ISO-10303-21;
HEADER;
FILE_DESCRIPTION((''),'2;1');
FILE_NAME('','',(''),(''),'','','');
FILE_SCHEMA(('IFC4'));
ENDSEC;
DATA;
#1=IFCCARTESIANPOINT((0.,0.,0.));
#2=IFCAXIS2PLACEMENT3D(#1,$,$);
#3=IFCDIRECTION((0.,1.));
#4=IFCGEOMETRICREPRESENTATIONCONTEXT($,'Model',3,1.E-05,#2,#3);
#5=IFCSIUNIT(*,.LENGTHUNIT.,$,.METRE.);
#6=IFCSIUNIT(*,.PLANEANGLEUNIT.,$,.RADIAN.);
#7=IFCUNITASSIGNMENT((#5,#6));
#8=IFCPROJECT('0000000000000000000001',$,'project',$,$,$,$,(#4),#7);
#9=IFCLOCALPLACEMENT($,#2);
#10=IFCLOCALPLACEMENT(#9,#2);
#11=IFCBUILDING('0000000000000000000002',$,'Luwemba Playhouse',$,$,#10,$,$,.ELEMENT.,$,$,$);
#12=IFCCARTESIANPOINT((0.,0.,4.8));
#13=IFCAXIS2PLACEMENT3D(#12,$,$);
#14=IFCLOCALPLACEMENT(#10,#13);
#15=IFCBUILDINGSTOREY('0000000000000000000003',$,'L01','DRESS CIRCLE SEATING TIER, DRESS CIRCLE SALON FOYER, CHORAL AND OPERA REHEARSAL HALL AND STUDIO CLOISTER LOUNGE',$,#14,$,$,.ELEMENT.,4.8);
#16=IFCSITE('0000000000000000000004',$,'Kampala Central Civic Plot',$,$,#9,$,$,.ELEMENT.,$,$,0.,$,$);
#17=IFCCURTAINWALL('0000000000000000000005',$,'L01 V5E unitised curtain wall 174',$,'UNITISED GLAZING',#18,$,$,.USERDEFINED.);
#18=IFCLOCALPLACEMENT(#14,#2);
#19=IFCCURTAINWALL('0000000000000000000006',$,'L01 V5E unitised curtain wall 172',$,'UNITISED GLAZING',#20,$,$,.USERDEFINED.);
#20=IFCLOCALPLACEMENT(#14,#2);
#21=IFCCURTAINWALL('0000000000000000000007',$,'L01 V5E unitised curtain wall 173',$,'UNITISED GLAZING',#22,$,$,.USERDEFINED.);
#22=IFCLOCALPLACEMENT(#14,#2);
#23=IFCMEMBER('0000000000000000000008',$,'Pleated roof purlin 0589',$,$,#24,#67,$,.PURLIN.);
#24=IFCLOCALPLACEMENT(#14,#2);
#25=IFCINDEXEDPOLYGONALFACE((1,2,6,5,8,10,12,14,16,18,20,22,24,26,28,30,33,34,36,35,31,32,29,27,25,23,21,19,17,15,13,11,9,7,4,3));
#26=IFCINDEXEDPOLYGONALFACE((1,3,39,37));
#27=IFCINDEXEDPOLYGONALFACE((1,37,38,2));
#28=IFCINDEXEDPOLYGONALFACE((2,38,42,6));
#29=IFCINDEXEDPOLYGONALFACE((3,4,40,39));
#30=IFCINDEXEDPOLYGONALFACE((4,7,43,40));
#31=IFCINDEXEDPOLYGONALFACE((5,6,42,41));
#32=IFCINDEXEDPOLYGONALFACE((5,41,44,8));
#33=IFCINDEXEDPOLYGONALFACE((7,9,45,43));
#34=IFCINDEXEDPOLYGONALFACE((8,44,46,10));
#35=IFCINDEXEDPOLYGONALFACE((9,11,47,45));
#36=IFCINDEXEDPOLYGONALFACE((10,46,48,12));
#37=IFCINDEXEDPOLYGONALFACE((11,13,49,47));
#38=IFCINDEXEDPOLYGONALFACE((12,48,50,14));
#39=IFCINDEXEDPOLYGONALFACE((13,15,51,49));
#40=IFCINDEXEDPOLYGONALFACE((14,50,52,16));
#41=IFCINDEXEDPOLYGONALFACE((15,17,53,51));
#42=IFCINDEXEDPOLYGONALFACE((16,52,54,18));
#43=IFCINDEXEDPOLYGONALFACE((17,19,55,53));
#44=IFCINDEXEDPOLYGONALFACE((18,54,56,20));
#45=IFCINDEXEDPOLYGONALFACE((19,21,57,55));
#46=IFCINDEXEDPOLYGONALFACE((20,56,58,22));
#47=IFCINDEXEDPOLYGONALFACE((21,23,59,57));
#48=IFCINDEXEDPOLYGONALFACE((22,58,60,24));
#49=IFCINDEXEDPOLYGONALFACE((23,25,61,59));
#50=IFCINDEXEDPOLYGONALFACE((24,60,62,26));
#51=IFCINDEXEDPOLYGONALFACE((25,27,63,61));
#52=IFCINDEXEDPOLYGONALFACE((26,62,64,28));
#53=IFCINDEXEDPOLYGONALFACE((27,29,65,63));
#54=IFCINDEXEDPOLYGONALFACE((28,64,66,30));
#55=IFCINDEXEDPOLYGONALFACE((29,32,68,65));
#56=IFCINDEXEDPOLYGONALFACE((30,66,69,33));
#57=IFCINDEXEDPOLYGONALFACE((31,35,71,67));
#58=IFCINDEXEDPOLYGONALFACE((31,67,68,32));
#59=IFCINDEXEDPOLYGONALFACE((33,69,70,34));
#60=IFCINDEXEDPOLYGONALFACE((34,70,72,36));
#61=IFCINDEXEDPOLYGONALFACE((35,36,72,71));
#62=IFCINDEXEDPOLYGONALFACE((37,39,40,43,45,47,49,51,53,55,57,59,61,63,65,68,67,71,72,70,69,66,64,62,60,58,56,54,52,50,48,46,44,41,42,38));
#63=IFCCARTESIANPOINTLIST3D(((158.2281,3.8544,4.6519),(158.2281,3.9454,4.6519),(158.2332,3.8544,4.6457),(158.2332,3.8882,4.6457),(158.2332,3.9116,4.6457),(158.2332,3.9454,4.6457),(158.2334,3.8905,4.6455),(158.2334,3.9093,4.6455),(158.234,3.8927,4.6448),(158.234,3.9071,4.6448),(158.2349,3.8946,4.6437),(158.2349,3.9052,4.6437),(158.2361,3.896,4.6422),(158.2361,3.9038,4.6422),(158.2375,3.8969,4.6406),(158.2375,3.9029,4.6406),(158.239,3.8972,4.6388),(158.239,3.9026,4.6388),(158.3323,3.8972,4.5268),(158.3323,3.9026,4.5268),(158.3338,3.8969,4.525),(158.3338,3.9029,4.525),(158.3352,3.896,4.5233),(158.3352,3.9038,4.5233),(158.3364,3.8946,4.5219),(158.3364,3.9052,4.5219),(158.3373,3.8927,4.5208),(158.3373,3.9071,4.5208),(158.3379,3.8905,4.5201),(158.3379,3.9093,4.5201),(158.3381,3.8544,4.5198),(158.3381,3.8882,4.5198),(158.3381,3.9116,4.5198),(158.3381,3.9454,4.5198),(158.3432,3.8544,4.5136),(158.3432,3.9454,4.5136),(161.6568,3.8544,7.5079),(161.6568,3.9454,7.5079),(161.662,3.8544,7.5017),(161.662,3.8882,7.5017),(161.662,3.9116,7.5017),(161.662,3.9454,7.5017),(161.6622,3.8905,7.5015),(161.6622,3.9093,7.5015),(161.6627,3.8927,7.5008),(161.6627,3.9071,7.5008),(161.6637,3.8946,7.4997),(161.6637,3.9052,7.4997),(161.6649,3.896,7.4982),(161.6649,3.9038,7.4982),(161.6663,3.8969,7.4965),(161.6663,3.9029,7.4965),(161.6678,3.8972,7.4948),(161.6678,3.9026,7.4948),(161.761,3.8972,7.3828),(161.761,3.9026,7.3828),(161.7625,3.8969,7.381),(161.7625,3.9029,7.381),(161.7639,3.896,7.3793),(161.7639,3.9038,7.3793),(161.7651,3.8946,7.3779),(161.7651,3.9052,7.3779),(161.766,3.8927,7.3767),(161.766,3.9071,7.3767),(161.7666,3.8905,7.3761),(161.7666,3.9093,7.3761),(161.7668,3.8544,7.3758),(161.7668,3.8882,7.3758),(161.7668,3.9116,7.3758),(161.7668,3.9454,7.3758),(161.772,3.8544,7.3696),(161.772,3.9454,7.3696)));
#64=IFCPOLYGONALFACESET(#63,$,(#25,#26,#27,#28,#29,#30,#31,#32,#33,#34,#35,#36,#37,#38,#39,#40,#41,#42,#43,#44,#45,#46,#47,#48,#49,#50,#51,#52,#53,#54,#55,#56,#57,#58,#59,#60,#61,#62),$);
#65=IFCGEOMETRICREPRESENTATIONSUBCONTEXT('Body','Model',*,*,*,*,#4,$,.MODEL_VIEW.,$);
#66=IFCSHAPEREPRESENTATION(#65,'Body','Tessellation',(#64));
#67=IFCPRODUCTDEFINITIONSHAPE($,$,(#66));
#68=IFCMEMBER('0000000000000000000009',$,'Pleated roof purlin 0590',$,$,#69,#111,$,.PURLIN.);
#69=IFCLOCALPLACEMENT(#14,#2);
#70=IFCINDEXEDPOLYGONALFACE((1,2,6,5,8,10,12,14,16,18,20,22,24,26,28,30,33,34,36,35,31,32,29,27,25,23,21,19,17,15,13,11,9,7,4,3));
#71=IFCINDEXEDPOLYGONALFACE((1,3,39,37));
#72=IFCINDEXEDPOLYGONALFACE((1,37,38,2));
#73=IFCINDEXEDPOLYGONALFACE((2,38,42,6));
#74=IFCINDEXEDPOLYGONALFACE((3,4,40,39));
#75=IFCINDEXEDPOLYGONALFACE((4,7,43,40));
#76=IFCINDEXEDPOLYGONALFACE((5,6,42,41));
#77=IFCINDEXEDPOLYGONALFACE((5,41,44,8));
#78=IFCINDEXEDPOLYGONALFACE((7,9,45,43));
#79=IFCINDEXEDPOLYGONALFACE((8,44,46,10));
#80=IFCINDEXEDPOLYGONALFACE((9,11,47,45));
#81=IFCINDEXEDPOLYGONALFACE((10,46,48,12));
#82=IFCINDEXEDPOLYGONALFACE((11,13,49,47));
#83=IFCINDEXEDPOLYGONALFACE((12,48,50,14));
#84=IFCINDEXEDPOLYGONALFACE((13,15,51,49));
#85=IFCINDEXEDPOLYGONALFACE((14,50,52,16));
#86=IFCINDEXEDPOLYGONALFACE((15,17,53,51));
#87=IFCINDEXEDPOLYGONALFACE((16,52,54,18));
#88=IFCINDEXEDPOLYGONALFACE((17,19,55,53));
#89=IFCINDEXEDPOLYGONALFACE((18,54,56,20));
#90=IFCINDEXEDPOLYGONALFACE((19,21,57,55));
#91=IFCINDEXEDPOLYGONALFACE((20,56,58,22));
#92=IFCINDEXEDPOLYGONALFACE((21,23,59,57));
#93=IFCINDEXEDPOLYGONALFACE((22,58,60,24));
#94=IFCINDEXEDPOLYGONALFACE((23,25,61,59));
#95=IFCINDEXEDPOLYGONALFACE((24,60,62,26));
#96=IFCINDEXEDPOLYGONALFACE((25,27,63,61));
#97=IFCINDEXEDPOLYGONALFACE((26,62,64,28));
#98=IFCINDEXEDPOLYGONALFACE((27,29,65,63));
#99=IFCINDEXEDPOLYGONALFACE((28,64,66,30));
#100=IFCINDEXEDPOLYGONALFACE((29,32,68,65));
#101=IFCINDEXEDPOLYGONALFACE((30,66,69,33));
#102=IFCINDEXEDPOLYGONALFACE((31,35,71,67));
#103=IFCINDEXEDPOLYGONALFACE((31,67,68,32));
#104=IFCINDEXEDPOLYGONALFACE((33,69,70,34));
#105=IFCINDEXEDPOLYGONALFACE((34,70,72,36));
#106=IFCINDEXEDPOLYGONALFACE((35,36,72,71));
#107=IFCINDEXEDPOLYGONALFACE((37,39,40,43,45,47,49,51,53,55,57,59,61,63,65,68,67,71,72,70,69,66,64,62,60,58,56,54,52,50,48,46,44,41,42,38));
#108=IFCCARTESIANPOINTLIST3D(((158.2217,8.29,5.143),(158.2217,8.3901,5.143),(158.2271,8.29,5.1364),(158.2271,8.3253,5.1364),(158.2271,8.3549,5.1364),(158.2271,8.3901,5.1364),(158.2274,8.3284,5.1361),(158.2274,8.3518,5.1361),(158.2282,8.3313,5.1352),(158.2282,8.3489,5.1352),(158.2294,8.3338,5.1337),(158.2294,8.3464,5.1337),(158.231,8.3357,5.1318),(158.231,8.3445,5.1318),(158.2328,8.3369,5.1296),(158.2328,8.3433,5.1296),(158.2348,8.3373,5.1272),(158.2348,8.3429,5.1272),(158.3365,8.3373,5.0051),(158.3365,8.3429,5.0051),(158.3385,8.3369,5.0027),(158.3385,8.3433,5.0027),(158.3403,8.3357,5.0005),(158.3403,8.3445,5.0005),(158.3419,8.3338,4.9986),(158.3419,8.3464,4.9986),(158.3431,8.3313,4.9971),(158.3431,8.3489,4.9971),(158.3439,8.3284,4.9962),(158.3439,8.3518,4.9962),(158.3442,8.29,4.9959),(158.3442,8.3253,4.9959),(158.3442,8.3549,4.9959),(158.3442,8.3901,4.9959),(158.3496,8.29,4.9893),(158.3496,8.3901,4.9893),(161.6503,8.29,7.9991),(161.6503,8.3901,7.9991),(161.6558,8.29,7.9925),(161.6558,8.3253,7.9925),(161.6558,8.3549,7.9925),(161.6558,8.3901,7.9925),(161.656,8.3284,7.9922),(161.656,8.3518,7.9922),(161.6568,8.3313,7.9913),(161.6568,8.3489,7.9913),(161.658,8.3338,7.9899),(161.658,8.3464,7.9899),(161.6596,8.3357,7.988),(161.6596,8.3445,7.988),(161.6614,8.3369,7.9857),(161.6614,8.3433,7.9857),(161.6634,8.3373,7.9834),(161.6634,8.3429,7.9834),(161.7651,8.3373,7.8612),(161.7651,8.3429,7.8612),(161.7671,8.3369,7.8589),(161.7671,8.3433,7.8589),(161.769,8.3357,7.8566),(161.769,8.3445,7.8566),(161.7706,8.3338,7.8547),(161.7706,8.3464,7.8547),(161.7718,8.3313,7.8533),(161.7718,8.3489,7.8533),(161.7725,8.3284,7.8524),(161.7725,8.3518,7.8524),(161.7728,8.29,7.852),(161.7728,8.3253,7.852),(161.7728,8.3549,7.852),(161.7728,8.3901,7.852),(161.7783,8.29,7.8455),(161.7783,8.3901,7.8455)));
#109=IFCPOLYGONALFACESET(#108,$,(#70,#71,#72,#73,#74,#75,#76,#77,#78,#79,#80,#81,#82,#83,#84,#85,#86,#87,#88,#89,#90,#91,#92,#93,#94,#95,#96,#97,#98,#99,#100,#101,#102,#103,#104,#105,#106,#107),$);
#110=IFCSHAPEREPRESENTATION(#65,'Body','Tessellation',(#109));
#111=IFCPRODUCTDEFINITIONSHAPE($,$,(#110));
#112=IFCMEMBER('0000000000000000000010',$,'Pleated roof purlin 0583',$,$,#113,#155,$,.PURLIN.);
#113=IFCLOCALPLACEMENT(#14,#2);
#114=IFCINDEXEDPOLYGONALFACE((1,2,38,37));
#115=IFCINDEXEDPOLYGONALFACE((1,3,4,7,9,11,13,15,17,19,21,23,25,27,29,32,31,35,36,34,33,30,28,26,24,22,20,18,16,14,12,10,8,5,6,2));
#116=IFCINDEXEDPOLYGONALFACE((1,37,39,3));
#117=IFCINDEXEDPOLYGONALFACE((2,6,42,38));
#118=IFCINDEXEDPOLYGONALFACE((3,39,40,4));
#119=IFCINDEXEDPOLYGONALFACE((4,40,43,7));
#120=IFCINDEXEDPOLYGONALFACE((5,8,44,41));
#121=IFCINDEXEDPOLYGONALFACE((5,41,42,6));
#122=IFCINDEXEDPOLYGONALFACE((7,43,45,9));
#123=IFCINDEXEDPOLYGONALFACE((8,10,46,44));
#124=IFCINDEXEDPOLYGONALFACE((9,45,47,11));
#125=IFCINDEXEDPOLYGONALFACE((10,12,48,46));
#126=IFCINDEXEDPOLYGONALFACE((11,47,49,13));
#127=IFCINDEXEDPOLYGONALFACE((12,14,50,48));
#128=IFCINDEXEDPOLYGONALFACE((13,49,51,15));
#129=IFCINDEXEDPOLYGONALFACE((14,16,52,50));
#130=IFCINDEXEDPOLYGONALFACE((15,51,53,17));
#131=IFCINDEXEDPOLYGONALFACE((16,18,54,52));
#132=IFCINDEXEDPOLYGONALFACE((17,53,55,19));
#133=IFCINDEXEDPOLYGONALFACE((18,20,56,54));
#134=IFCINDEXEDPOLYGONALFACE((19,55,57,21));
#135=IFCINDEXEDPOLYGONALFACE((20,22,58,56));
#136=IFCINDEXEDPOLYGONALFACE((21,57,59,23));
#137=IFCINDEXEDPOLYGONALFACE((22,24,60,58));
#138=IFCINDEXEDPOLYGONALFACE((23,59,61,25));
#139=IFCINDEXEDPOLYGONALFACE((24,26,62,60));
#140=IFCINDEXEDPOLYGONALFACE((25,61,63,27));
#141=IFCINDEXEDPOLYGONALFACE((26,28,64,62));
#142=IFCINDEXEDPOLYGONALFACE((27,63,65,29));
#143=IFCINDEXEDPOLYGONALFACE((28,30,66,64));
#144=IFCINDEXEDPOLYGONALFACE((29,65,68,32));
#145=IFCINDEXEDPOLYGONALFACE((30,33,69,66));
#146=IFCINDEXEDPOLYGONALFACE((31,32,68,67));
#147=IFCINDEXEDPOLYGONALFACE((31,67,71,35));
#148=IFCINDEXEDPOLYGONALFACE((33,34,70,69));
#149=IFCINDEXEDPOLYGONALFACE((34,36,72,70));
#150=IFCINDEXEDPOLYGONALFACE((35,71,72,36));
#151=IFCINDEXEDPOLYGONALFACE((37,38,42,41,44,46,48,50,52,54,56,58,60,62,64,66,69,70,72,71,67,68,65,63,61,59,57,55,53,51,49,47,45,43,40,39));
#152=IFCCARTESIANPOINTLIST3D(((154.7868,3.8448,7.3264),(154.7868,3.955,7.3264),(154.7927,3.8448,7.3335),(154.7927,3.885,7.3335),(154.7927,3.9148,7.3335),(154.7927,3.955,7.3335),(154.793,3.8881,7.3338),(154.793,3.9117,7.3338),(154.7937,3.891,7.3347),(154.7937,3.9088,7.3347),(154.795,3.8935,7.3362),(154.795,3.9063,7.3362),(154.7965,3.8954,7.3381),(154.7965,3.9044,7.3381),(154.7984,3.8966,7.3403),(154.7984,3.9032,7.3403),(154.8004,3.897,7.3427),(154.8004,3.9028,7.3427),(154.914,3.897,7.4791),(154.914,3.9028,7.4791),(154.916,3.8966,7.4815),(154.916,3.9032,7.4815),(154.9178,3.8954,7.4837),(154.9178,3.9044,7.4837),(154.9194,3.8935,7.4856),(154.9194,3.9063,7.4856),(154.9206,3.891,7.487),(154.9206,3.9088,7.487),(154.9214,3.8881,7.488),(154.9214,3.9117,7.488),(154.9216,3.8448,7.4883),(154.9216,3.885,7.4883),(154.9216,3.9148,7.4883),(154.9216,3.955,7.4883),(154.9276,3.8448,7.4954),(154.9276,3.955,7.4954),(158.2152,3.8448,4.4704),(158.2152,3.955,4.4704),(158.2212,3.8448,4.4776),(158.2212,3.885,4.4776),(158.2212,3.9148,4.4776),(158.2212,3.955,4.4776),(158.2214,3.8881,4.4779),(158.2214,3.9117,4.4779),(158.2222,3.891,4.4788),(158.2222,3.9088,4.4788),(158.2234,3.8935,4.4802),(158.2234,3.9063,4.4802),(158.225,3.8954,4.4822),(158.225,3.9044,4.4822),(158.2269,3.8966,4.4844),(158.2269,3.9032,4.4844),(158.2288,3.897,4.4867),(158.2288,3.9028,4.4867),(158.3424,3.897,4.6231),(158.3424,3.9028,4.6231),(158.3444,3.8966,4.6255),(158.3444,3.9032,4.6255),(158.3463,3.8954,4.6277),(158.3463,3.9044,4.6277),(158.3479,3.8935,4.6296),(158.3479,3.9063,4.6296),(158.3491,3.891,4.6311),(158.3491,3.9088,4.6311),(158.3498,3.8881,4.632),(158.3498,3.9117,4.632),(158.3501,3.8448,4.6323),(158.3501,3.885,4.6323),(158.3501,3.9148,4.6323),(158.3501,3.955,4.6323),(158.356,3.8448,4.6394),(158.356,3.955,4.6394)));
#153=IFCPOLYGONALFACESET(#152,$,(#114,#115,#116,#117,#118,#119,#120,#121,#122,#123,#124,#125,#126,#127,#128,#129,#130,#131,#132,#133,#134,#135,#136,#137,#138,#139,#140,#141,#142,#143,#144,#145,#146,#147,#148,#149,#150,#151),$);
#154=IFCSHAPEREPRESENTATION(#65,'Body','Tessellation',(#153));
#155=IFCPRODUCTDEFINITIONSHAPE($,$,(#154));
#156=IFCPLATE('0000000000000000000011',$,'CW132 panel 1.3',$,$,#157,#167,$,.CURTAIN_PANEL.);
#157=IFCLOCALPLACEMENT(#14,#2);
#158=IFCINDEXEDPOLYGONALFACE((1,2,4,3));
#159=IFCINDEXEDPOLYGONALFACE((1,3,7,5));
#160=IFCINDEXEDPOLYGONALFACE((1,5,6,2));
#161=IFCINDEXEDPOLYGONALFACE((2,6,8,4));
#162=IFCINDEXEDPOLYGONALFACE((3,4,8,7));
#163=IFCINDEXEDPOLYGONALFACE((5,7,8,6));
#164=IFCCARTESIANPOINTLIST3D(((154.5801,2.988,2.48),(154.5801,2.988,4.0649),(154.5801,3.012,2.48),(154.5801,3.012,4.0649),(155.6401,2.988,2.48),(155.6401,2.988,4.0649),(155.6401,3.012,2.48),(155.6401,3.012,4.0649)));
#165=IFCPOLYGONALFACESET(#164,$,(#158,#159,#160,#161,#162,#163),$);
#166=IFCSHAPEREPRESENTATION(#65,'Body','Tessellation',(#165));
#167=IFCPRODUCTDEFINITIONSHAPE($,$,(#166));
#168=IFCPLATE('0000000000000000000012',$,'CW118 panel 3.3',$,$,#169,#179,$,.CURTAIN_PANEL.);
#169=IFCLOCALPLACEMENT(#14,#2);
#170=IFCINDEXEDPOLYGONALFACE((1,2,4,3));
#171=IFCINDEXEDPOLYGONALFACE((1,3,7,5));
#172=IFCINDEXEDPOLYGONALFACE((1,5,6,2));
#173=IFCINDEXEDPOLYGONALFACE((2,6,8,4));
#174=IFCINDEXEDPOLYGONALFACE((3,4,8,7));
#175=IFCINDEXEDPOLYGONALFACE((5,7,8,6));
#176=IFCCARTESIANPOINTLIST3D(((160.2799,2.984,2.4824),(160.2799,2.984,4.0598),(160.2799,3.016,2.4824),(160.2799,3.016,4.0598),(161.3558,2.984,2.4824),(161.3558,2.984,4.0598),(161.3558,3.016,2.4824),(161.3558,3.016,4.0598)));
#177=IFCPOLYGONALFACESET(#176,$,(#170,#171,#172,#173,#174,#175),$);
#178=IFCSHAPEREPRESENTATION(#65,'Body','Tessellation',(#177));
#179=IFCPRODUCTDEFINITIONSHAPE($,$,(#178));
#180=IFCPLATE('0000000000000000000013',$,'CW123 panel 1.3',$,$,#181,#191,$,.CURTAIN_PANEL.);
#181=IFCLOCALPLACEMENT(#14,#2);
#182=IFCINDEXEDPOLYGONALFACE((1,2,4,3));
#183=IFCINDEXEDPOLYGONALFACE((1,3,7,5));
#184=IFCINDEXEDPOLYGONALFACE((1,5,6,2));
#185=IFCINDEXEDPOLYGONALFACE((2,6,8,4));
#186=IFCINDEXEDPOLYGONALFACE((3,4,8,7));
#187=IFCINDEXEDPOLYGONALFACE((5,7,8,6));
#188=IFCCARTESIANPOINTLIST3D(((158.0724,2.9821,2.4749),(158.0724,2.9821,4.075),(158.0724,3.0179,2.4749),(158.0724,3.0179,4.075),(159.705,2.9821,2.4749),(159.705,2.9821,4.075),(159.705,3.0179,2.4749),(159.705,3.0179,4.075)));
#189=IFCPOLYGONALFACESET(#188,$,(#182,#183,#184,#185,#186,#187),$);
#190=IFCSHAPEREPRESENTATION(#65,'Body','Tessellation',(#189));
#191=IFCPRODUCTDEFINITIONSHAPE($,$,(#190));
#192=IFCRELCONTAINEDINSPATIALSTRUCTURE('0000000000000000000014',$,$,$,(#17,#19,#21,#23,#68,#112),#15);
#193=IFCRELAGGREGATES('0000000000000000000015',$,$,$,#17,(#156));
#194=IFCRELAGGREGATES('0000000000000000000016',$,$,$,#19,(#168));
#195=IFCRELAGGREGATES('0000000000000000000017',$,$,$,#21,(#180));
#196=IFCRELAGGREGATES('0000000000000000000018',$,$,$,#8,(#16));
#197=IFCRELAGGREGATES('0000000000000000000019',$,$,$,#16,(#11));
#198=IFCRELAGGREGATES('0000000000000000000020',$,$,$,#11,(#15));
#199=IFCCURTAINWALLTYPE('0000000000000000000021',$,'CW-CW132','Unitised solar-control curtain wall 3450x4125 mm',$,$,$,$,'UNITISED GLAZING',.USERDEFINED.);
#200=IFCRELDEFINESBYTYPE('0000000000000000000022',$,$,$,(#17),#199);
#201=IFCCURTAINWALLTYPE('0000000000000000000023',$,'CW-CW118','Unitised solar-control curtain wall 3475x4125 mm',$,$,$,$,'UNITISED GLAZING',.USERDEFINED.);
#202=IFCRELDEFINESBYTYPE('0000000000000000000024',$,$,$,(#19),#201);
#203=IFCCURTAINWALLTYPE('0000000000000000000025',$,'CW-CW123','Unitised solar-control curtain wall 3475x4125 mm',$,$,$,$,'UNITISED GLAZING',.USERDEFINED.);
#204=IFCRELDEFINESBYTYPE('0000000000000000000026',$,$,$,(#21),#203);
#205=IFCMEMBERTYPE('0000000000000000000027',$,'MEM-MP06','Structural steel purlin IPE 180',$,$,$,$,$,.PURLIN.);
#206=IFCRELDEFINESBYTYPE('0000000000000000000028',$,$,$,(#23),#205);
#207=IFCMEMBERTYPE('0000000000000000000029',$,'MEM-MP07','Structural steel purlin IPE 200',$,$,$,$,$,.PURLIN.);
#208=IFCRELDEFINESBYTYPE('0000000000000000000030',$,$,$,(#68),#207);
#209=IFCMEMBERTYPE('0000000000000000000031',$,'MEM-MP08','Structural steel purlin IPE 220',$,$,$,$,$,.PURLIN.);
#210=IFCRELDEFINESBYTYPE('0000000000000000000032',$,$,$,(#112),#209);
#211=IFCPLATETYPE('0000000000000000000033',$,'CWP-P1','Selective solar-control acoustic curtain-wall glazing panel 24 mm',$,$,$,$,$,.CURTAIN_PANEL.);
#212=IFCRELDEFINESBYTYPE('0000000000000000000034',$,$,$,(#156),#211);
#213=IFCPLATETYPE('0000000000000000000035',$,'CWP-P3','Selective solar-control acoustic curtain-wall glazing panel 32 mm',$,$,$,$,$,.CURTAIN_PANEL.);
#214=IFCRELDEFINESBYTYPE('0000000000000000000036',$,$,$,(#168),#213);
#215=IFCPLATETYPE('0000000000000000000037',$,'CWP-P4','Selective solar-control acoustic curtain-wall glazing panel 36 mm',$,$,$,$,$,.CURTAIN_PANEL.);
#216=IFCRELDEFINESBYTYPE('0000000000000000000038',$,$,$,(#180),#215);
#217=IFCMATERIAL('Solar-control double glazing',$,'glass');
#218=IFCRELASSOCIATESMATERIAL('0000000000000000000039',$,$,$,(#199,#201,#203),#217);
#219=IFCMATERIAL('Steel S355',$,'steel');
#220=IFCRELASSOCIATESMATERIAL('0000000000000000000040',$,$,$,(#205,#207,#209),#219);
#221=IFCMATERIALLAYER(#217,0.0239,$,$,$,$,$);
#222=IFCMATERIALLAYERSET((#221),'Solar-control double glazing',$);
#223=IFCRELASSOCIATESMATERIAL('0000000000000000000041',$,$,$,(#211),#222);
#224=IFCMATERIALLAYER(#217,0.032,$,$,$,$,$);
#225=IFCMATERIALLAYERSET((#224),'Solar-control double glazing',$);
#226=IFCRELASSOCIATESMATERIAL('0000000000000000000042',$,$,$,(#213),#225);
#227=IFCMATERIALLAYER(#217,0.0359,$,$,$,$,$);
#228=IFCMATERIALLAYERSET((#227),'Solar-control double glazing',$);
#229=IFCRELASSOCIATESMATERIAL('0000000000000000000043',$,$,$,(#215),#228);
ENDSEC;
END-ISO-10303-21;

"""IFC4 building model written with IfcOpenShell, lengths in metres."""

from ifc_helpers import new_model, si_unit, direction, frame, origin, origin_2d, place, context, subcontext, project, spatial, rectangle, i_section, extrude, material, layer, layer_set, material_profile, profile_set, type_object, element, aggregate, save


model = new_model("IFC4")

# Units and contexts
model_context = context("Model", 3, precision=1e-05, world=origin(), true_north=direction((0.0, 1.0)))
body_context = subcontext(model_context, "Body", "Model", "MODEL_VIEW")
ifc_project = project(units=[si_unit("LENGTHUNIT", "METRE"), si_unit("PLANEANGLEUNIT", "RADIAN")], contexts=[model_context])

# Site, building, storey
site_placement = place(None, origin())
site = spatial("IfcSite", under=ifc_project, at=site_placement, Name="Kampala Central Civic Plot", CompositionType="ELEMENT", RefElevation=0.0)
building_placement = place(site_placement, origin())
building = spatial("IfcBuilding", under=site, at=building_placement, Name="Luwemba Playhouse", CompositionType="ELEMENT")
storey_placement = place(building_placement, frame((0.0, 0.0, 4.8)))
storey = spatial("IfcBuildingStorey", under=building, at=storey_placement, Name="L01", Description="DRESS CIRCLE SEATING TIER, DRESS CIRCLE SALON FOYER, CHORAL AND OPERA REHEARSAL HALL AND STUDIO CLOISTER LOUNGE", CompositionType="ELEMENT", Elevation=4.8)

# Shared definitions
ifc_material_1 = material(Name="Steel S355", Category="steel")

# Curtain wall
ifc_material_2 = material(Name="Solar-control double glazing", Category="glass")
curtain_wall_type_1 = type_object("IfcCurtainWallType", Name="CW-CW132", Description="Unitised solar-control curtain wall 3450x4125 mm", ElementType="UNITISED GLAZING", PredefinedType="USERDEFINED", material=ifc_material_2)
curtain_wall_1_placement = place(storey_placement, origin())
curtain_wall_1 = element("IfcCurtainWall", 1, at=curtain_wall_1_placement, inside=storey, type_object=curtain_wall_type_1, Name="L01 V5E unitised curtain wall 174", ObjectType="UNITISED GLAZING", PredefinedType="USERDEFINED")

# Curtain walls
curtain_wall_type_2 = type_object("IfcCurtainWallType", Name="CW-CW118", Description="Unitised solar-control curtain wall 3475x4125 mm", ElementType="UNITISED GLAZING", PredefinedType="USERDEFINED", material=ifc_material_2)
curtain_wall_2_placement = place(storey_placement, origin())
curtain_wall_2 = element("IfcCurtainWall", 2, at=curtain_wall_2_placement, inside=storey, type_object=curtain_wall_type_2, Name="L01 V5E unitised curtain wall 172", ObjectType="UNITISED GLAZING", PredefinedType="USERDEFINED")
curtain_wall_type_3 = type_object("IfcCurtainWallType", Name="CW-CW123", Description="Unitised solar-control curtain wall 3475x4125 mm", ElementType="UNITISED GLAZING", PredefinedType="USERDEFINED", material=ifc_material_2)
curtain_wall_3_placement = place(storey_placement, origin())
curtain_wall_3 = element("IfcCurtainWall", 3, at=curtain_wall_3_placement, inside=storey, type_object=curtain_wall_type_3, Name="L01 V5E unitised curtain wall 173", ObjectType="UNITISED GLAZING", PredefinedType="USERDEFINED")

# Members
ifc_material_profile_1 = material_profile(ifc_material_1, i_section(OverallWidth=0.0911, OverallDepth=0.1799, WebThickness=0.0054, FlangeThickness=0.0081, FilletRadius=0.009, at=origin_2d()))
ifc_profile_set_1 = profile_set([ifc_material_profile_1], Name="Steel S355")
member_type_1 = type_object("IfcMemberType", Name="MEM-MP06", Description="Structural steel purlin IPE 180", PredefinedType="PURLIN", material=ifc_profile_set_1)
member_1_placement = place(storey_placement, frame((158.2856, 3.8999, 4.5828), z_axis=(0.768365, 0.0, 0.640012), x_axis=(0.0, 1.0, 0.0)))
element("IfcMember", 4, at=member_1_placement, inside=storey, type_object=member_type_1, Name="Pleated roof purlin 0589", PredefinedType="PURLIN", context=body_context, shape_type="SweptSolid", body=[
    extrude(i_section(OverallWidth=0.0911, OverallDepth=0.1799, WebThickness=0.0054, FlangeThickness=0.0081, FilletRadius=0.009, at=origin_2d()), origin(), (0.0, 0.0, 1.0), 4.4624),
])
ifc_material_profile_2 = material_profile(ifc_material_1, i_section(OverallWidth=0.1001, OverallDepth=0.2, WebThickness=0.0056, FlangeThickness=0.0085, FilletRadius=0.012, at=origin_2d()))
ifc_profile_set_2 = profile_set([ifc_material_profile_2], Name="Steel S355")
member_type_2 = type_object("IfcMemberType", Name="MEM-MP07", Description="Structural steel purlin IPE 200", PredefinedType="PURLIN", material=ifc_profile_set_2)
member_2_placement = place(storey_placement, frame((158.2856, 8.3401, 5.0662), z_axis=(0.768338, 0.0, 0.640044), x_axis=(0.0, 1.0, 0.0)))
element("IfcMember", 5, at=member_2_placement, inside=storey, type_object=member_type_2, Name="Pleated roof purlin 0590", PredefinedType="PURLIN", context=body_context, shape_type="SweptSolid", body=[
    extrude(i_section(OverallWidth=0.1001, OverallDepth=0.2, WebThickness=0.0056, FlangeThickness=0.0085, FilletRadius=0.012, at=origin_2d()), origin(), (0.0, 0.0, 1.0), 4.4624),
])
ifc_material_profile_3 = material_profile(ifc_material_1, i_section(OverallWidth=0.1101, OverallDepth=0.22, WebThickness=0.0059, FlangeThickness=0.0093, FilletRadius=0.012, at=origin_2d()))
ifc_profile_set_3 = profile_set([ifc_material_profile_3], Name="Steel S355")
member_type_3 = type_object("IfcMemberType", Name="MEM-MP08", Description="Structural steel purlin IPE 220", PredefinedType="PURLIN", material=ifc_profile_set_3)
member_3_placement = place(storey_placement, frame((154.8572, 3.8999, 7.4109), z_axis=(0.768342, 0.0, -0.640039), x_axis=(0.0, 1.0, 0.0)))
element("IfcMember", 6, at=member_3_placement, inside=storey, type_object=member_type_3, Name="Pleated roof purlin 0583", PredefinedType="PURLIN", context=body_context, shape_type="SweptSolid", body=[
    extrude(i_section(OverallWidth=0.1101, OverallDepth=0.22, WebThickness=0.0059, FlangeThickness=0.0093, FilletRadius=0.012, at=origin_2d()), origin(), (0.0, 0.0, 1.0), 4.4622),
])

# Plates
ifc_layer_1 = layer(ifc_material_2, 0.0239)
ifc_layer_set_1 = layer_set([ifc_layer_1], Name="Solar-control double glazing")
plate_type_1 = type_object("IfcPlateType", Name="CWP-P1", Description="Selective solar-control acoustic curtain-wall glazing panel 24 mm", PredefinedType="CURTAIN_PANEL", material=ifc_layer_set_1)
plate_1_placement = place(storey_placement, frame((155.1101, 3.0, 2.48), z_axis=(0.0, 0.0, 1.0), x_axis=(-1.0, 0.0, 0.0)))
plate_1 = element("IfcPlate", 7, at=plate_1_placement, type_object=plate_type_1, Name="CW132 panel 1.3", PredefinedType="CURTAIN_PANEL", context=body_context, shape_type="SweptSolid", body=[
    extrude(rectangle(XDim=1.0601, YDim=0.0239, at=origin_2d()), origin(), (0.0, 0.0, 1.0), 1.585),
])
aggregate(curtain_wall_1, [plate_1])
ifc_layer_2 = layer(ifc_material_2, 0.032)
ifc_layer_set_2 = layer_set([ifc_layer_2], Name="Solar-control double glazing")
plate_type_2 = type_object("IfcPlateType", Name="CWP-P3", Description="Selective solar-control acoustic curtain-wall glazing panel 32 mm", PredefinedType="CURTAIN_PANEL", material=ifc_layer_set_2)
plate_2_placement = place(storey_placement, frame((160.8179, 3.0, 2.4824), z_axis=(0.0, 0.0, 1.0), x_axis=(-1.0, 0.0, 0.0)))
plate_2 = element("IfcPlate", 8, at=plate_2_placement, type_object=plate_type_2, Name="CW118 panel 3.3", PredefinedType="CURTAIN_PANEL", context=body_context, shape_type="SweptSolid", body=[
    extrude(rectangle(XDim=1.0759, YDim=0.032, at=origin_2d()), origin(), (0.0, 0.0, 1.0), 1.5774),
])
aggregate(curtain_wall_2, [plate_2])
ifc_layer_3 = layer(ifc_material_2, 0.0359)
ifc_layer_set_3 = layer_set([ifc_layer_3], Name="Solar-control double glazing")
plate_type_3 = type_object("IfcPlateType", Name="CWP-P4", Description="Selective solar-control acoustic curtain-wall glazing panel 36 mm", PredefinedType="CURTAIN_PANEL", material=ifc_layer_set_3)
plate_3_placement = place(storey_placement, frame((158.8887, 3.0, 2.4749), z_axis=(0.0, 0.0, 1.0), x_axis=(-1.0, 0.0, 0.0)))
plate_3 = element("IfcPlate", 9, at=plate_3_placement, type_object=plate_type_3, Name="CW123 panel 1.3", PredefinedType="CURTAIN_PANEL", context=body_context, shape_type="SweptSolid", body=[
    extrude(rectangle(XDim=1.6326, YDim=0.0359, at=origin_2d()), origin(), (0.0, 0.0, 1.0), 1.6001),
])
aggregate(curtain_wall_3, [plate_3])

save(model, "model.ifc")
